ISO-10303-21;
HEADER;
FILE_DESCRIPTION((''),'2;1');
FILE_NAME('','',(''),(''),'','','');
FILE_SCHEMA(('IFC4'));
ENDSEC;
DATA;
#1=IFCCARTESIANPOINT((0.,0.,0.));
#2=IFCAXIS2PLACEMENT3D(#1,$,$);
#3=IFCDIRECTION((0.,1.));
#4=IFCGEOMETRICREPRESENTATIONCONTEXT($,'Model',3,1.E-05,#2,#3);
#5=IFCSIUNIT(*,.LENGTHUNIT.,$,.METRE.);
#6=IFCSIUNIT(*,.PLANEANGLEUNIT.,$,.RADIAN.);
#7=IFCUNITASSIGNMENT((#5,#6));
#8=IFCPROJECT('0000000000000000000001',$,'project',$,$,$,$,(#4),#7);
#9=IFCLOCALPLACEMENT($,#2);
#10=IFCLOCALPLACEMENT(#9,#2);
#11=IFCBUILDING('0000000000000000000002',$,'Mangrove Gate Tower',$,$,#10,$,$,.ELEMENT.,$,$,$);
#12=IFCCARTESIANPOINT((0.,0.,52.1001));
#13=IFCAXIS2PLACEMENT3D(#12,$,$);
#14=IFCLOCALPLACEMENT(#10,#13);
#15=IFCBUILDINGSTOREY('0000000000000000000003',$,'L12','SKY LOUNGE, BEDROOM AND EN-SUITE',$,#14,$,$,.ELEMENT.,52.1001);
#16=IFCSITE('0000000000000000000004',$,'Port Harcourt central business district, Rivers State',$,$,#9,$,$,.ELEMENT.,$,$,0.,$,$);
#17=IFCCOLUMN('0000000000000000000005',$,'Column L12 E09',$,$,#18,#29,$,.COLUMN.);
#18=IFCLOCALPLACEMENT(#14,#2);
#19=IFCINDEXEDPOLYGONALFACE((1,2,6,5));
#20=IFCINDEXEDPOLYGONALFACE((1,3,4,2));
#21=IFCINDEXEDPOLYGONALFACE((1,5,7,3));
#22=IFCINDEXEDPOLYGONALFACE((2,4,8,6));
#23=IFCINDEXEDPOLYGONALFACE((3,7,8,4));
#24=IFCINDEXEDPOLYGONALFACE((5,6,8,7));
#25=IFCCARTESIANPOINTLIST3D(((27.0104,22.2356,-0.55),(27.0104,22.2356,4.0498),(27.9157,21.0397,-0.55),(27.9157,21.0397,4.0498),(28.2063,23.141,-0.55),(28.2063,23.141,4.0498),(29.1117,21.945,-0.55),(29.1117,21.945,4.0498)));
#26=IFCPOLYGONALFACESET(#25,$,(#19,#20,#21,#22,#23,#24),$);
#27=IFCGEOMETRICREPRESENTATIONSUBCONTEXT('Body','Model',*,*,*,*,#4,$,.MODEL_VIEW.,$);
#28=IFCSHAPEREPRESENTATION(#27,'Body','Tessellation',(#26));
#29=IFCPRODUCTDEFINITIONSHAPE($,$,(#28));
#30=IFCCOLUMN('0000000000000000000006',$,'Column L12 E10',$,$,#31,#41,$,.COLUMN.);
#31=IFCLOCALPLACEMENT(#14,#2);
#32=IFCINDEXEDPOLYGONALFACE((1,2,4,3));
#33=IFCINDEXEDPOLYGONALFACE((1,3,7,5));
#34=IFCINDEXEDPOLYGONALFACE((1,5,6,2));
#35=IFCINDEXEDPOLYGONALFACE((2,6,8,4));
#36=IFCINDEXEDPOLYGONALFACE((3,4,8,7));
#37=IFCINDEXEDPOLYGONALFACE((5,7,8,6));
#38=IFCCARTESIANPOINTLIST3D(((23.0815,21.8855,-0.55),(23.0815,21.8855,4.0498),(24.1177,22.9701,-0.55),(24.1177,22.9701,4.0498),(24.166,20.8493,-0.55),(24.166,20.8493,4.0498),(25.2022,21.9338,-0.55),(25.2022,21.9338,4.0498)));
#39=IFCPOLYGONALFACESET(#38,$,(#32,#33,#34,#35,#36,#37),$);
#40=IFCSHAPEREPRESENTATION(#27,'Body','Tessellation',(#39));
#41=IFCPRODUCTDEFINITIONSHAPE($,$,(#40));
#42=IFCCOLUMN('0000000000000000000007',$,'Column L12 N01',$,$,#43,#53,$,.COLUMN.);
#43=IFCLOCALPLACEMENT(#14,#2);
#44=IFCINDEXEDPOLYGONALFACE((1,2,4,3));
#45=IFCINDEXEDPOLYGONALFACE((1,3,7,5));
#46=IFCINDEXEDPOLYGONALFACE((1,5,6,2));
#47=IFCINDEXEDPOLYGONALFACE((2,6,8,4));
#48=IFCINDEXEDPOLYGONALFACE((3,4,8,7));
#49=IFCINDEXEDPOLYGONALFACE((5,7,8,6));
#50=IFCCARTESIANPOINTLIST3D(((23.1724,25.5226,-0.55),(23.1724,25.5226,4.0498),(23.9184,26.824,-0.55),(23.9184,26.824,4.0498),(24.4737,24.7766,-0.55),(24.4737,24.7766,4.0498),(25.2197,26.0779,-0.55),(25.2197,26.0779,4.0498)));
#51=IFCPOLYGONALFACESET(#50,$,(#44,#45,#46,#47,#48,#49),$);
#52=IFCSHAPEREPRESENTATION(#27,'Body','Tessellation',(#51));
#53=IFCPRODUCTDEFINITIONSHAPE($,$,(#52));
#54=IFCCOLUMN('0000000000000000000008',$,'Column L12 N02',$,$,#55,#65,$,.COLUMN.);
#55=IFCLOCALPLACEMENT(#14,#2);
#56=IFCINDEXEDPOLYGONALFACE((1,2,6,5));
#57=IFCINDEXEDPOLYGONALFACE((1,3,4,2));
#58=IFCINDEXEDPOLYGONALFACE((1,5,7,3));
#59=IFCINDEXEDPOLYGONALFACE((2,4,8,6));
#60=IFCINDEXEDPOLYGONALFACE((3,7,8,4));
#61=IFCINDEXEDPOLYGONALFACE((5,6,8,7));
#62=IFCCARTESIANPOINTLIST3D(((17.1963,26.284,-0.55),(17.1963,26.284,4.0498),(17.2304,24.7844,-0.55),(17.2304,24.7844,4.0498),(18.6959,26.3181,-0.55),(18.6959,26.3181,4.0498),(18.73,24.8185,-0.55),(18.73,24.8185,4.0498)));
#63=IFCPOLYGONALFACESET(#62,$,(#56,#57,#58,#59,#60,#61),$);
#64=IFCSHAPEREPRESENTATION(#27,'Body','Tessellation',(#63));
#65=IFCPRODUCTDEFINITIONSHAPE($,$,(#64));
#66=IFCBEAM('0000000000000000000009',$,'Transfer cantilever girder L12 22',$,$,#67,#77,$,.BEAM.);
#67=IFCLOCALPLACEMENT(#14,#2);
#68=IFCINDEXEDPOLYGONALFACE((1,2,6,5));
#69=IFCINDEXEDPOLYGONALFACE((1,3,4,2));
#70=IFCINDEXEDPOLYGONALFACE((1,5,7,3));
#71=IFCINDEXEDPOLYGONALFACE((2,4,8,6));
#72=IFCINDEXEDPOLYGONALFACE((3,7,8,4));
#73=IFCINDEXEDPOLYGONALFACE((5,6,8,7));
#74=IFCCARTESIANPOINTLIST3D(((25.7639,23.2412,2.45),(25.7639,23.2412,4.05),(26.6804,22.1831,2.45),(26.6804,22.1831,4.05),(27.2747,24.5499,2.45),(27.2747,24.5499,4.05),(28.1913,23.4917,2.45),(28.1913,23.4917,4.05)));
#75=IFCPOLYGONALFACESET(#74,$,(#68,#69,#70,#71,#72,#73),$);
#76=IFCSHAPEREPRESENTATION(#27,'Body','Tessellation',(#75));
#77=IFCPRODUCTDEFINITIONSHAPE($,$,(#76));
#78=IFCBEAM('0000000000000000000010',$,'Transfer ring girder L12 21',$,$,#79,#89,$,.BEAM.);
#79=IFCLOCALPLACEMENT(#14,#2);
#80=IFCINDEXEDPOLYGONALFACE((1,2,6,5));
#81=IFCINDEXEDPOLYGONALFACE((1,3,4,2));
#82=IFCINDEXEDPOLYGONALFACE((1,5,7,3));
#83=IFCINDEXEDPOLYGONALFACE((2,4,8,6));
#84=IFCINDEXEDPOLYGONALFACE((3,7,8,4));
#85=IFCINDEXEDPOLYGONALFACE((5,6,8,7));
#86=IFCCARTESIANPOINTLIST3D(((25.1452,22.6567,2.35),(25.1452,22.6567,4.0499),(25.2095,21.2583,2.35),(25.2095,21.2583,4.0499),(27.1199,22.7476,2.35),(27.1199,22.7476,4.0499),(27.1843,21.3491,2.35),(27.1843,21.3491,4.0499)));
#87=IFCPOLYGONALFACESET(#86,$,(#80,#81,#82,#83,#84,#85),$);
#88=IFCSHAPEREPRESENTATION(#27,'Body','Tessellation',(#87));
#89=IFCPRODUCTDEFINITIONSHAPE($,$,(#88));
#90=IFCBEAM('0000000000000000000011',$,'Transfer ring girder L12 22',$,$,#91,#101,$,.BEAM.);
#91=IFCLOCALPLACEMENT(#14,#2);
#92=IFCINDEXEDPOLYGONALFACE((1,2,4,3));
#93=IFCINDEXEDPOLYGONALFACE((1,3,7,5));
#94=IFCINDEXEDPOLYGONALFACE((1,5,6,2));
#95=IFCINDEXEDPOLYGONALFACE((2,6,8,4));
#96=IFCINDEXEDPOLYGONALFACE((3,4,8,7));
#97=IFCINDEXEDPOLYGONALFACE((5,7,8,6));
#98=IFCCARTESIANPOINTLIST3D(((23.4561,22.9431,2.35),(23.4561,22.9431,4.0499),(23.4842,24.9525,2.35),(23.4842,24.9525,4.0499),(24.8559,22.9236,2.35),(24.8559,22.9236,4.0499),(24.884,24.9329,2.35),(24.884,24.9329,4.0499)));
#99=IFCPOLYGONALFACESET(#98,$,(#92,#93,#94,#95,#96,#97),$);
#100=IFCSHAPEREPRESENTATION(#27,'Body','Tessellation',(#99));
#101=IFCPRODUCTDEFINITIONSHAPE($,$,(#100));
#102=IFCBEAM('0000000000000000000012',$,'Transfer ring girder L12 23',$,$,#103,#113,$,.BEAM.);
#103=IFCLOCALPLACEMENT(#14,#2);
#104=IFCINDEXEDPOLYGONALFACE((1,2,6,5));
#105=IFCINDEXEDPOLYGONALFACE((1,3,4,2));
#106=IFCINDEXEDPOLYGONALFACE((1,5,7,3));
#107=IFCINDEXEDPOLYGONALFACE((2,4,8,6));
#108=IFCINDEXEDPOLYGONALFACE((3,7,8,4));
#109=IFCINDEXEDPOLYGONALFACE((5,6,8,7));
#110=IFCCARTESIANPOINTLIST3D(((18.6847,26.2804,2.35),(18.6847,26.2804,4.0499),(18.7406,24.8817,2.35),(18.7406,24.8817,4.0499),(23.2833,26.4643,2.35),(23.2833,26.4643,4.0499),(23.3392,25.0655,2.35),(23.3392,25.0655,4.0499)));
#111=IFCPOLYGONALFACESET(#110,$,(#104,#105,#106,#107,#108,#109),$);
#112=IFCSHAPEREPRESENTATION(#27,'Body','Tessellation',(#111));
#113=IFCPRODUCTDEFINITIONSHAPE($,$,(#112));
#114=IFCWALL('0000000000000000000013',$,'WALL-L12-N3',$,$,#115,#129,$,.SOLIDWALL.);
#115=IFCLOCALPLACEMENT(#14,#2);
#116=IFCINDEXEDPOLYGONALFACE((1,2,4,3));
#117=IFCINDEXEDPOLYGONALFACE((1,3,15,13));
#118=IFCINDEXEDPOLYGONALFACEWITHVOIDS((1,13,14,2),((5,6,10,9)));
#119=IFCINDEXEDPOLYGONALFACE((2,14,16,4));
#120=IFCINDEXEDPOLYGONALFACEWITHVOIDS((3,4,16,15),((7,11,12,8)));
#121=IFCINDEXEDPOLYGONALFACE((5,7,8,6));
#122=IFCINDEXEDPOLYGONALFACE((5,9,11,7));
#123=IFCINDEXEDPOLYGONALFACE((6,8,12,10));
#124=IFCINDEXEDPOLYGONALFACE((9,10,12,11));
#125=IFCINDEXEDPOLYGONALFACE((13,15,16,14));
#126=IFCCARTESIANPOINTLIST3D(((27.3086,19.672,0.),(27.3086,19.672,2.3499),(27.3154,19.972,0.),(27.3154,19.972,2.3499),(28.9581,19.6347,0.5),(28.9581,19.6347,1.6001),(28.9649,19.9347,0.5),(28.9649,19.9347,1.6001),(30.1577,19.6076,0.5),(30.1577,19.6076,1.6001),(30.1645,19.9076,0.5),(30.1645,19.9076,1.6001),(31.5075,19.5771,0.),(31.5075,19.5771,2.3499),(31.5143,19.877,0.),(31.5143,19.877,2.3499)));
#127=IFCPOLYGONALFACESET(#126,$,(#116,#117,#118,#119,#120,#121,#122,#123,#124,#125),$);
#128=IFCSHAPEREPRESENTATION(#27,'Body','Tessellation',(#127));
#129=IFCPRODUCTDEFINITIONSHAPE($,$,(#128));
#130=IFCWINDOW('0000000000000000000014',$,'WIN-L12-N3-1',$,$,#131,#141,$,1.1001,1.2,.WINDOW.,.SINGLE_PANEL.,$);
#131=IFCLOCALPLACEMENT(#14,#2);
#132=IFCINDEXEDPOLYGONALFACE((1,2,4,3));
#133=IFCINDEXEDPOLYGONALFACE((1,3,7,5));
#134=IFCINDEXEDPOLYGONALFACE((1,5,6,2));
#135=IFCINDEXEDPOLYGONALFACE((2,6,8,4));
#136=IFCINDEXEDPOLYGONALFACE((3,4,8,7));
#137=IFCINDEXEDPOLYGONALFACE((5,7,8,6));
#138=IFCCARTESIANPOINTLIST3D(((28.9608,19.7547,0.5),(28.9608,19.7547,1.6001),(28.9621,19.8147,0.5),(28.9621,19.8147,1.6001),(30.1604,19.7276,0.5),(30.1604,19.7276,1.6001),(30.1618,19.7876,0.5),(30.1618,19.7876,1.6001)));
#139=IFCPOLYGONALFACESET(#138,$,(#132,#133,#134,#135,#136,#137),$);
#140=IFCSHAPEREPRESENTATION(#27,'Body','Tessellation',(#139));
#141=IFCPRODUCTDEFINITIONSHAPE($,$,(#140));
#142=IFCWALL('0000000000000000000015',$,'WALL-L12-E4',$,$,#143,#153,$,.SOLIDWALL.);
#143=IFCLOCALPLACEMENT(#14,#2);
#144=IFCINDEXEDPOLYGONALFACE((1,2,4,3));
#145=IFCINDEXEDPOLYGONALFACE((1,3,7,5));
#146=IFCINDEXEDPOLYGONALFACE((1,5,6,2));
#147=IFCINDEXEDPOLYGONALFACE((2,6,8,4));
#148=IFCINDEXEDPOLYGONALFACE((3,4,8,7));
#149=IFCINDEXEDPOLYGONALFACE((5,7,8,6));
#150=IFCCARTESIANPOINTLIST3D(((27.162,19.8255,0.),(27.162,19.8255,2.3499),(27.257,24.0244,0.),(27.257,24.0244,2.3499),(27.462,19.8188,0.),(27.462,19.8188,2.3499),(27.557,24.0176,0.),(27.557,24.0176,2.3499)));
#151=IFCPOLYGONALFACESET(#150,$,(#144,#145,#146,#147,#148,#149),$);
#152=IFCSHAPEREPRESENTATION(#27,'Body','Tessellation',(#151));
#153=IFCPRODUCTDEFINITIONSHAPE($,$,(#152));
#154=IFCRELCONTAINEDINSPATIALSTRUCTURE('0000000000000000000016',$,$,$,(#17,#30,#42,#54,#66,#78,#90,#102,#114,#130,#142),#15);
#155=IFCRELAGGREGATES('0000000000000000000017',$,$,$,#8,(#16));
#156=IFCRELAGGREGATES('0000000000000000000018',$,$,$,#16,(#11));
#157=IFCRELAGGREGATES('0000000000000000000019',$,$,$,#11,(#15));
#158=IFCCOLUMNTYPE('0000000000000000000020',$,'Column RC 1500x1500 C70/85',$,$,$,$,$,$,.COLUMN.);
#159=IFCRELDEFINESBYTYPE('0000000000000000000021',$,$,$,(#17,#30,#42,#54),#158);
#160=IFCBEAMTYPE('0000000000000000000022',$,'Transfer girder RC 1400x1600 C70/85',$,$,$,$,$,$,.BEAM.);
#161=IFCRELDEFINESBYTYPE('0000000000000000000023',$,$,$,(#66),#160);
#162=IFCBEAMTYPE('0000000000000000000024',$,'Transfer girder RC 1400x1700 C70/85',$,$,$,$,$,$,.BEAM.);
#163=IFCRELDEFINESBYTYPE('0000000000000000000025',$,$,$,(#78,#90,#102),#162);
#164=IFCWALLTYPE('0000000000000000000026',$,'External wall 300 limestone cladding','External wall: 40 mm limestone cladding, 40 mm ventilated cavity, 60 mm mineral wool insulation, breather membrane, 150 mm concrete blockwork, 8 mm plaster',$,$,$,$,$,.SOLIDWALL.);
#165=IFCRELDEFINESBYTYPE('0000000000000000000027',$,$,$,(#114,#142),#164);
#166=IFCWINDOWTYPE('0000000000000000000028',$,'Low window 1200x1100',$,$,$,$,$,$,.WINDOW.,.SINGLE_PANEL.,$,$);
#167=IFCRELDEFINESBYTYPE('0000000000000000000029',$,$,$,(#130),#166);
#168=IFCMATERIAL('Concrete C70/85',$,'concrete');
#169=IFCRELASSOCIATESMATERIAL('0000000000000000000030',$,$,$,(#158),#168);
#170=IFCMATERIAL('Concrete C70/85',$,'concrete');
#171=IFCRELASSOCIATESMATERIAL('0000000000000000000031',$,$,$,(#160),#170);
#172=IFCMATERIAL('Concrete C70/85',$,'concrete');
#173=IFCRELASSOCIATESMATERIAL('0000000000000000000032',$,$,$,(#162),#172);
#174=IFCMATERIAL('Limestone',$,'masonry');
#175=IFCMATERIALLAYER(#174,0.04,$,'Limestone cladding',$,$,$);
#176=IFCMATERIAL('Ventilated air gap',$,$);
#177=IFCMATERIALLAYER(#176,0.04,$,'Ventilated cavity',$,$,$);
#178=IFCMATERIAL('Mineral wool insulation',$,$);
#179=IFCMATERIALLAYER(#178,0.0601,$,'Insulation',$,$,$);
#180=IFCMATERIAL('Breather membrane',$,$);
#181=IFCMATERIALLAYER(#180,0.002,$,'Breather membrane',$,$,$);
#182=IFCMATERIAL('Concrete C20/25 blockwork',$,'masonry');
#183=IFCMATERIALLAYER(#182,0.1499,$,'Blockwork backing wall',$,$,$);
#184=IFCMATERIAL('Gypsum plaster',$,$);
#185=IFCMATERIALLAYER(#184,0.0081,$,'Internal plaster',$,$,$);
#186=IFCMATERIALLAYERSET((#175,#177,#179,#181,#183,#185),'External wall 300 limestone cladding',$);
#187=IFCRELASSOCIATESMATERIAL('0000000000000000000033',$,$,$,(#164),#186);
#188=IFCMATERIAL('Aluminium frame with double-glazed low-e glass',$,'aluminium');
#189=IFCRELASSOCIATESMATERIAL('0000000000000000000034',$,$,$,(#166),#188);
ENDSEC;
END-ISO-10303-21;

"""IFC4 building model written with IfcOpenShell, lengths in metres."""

from ifc_helpers import new_model, si_unit, direction, frame, frame_2d, origin, origin_2d, place, context, subcontext, project, spatial, rectangle, extrude, material, layer, layer_set, material_profile, profile_set, type_object, element, fill, save


model = new_model("IFC4")

# Units and contexts
model_context = context("Model", 3, precision=1e-05, world=origin(), true_north=direction((0.0, 1.0)))
body_context = subcontext(model_context, "Body", "Model", "MODEL_VIEW")
ifc_project = project(units=[si_unit("LENGTHUNIT", "METRE"), si_unit("PLANEANGLEUNIT", "RADIAN")], contexts=[model_context])

# Site, building, storey
site_placement = place(None, origin())
site = spatial("IfcSite", under=ifc_project, at=site_placement, Name="Port Harcourt central business district, Rivers State", CompositionType="ELEMENT", RefElevation=0.0)
building_placement = place(site_placement, origin())
building = spatial("IfcBuilding", under=site, at=building_placement, Name="Mangrove Gate Tower", CompositionType="ELEMENT")
storey_placement = place(building_placement, frame((0.0, 0.0, 52.1001)))
storey = spatial("IfcBuildingStorey", under=building, at=storey_placement, Name="L12", Description="SKY LOUNGE, BEDROOM AND EN-SUITE", CompositionType="ELEMENT", Elevation=52.1001)

# Columns
ifc_material_1 = material(Name="Concrete C70/85", Category="concrete")
ifc_material_profile_1 = material_profile(ifc_material_1, rectangle(XDim=1.5, YDim=1.5, at=origin_2d()))
ifc_profile_set_1 = profile_set([ifc_material_profile_1], Name="Concrete C70/85")
column_type = type_object("IfcColumnType", Name="Column RC 1500x1500 C70/85", PredefinedType="COLUMN", material=ifc_profile_set_1)
for number, where, z_axis, x_axis, name in (
    (1, (28.061, 22.0903, -0.55), (0.0, 0.0, 1.0), (-0.603576, 0.797306, 0.0), "Column L12 E09"),
    (2, (24.1418, 21.9097, -0.55), (0.0, 0.0, 1.0), (-0.72301, 0.690837, 0.0), "Column L12 E10"),
    (3, (24.196, 25.8003, -0.55), (0.0, 0.0, 1.0), (-0.867551, 0.497349, 0.0), "Column L12 N01"),
    (4, (17.9631, 25.5513, -0.55), (0.0, 0.0, 1.0), (-0.999742, -0.022718, 0.0), "Column L12 N02"),
):
    element("IfcColumn", number, at=place(storey_placement, frame(where, z_axis=z_axis, x_axis=x_axis)), inside=storey, type_object=column_type, Name=name, PredefinedType="COLUMN", context=body_context, shape_type="SweptSolid", body=[
        extrude(rectangle(XDim=1.5, YDim=1.5, at=origin_2d()), origin(), (0.0, 0.0, 1.0), 4.5999),
    ])

# Beams
ifc_material_2 = material(Name="Concrete C70/85", Category="concrete")
ifc_material_profile_2 = material_profile(ifc_material_2, rectangle(XDim=1.3999, YDim=1.6001, at=origin_2d()))
ifc_profile_set_2 = profile_set([ifc_material_profile_2], Name="Concrete C70/85")
beam_type_1 = type_object("IfcBeamType", Name="Transfer girder RC 1400x1600 C70/85", PredefinedType="BEAM", material=ifc_profile_set_2)
beam_1_placement = place(storey_placement, frame((26.2222, 22.7122, 3.25), z_axis=(0.755866, 0.654726, 0.0), x_axis=(-0.654726, 0.755866, 0.0)))
element("IfcBeam", 5, at=beam_1_placement, inside=storey, type_object=beam_type_1, Name="Transfer cantilever girder L12 22", PredefinedType="BEAM", context=body_context, shape_type="SweptSolid", body=[
    extrude(rectangle(XDim=1.3999, YDim=1.6001, at=origin_2d()), origin(), (0.0, 0.0, 1.0), 1.9988),
])
ifc_material_3 = material(Name="Concrete C70/85", Category="concrete")
ifc_material_profile_3 = material_profile(ifc_material_3, rectangle(XDim=1.3999, YDim=1.7, at=origin_2d()))
ifc_profile_set_3 = profile_set([ifc_material_profile_3], Name="Concrete C70/85")
beam_type_2 = type_object("IfcBeamType", Name="Transfer girder RC 1400x1700 C70/85", PredefinedType="BEAM", material=ifc_profile_set_3)
beam_2_placement = place(storey_placement, frame((27.1521, 22.0483, 3.2), z_axis=(-0.998944, -0.045945, 0.0), x_axis=(0.045945, -0.998944, 0.0)))
element("IfcBeam", 6, at=beam_2_placement, inside=storey, type_object=beam_type_2, Name="Transfer ring girder L12 21", PredefinedType="BEAM", context=body_context, shape_type="SweptSolid", body=[
    extrude(rectangle(XDim=1.3999, YDim=1.7, at=origin_2d()), origin(), (0.0, 0.0, 1.0), 1.9768),
])
beam_3_placement = place(storey_placement, frame((24.156, 22.9333, 3.2), z_axis=(0.013972, 0.999902, 0.0), x_axis=(-0.999902, 0.013972, 0.0)))
element("IfcBeam", 7, at=beam_3_placement, inside=storey, type_object=beam_type_2, Name="Transfer ring girder L12 22", PredefinedType="BEAM", context=body_context, shape_type="SweptSolid", body=[
    extrude(rectangle(XDim=1.3999, YDim=1.7, at=origin_2d()), origin(), (0.0, 0.0, 1.0), 2.0095),
])
beam_4_placement = place(storey_placement, frame((23.3113, 25.7649, 3.2), z_axis=(-0.999202, -0.039945, 0.0), x_axis=(0.039945, -0.999202, 0.0)))
element("IfcBeam", 8, at=beam_4_placement, inside=storey, type_object=beam_type_2, Name="Transfer ring girder L12 23", PredefinedType="BEAM", context=body_context, shape_type="SweptSolid", body=[
    extrude(rectangle(XDim=1.3999, YDim=1.7, at=origin_2d()), origin(), (0.0, 0.0, 1.0), 4.6023),
])

# Wall, opening, window
ifc_material_4 = material(Name="Limestone", Category="masonry")
ifc_layer_1 = layer(ifc_material_4, 0.04, Name="Limestone cladding")
ifc_material_5 = material(Name="Ventilated air gap")
ifc_layer_2 = layer(ifc_material_5, 0.04, Name="Ventilated cavity")
ifc_material_6 = material(Name="Mineral wool insulation")
ifc_layer_3 = layer(ifc_material_6, 0.0601, Name="Insulation")
ifc_material_7 = material(Name="Breather membrane")
ifc_layer_4 = layer(ifc_material_7, 0.002, Name="Breather membrane")
ifc_material_8 = material(Name="Concrete C20/25 blockwork", Category="masonry")
ifc_layer_5 = layer(ifc_material_8, 0.1499, Name="Blockwork backing wall")
ifc_material_9 = material(Name="Gypsum plaster")
ifc_layer_6 = layer(ifc_material_9, 0.0081, Name="Internal plaster")
ifc_layer_set = layer_set([ifc_layer_1, ifc_layer_2, ifc_layer_3, ifc_layer_4, ifc_layer_5, ifc_layer_6], Name="External wall 300 limestone cladding")
wall_type = type_object("IfcWallType", Name="External wall 300 limestone cladding", Description="External wall: 40 mm limestone cladding, 40 mm ventilated cavity, 60 mm mineral wool insulation, breather membrane, 150 mm concrete blockwork, 8 mm plaster", PredefinedType="SOLIDWALL", material=ifc_layer_set)
wall_1_placement = place(storey_placement, frame((31.511, 19.7271, 0.0), z_axis=(0.0, 0.0, 1.0), x_axis=(-0.999744, 0.022612, 0.0)))
wall_1 = element("IfcWall", 9, at=wall_1_placement, inside=storey, type_object=wall_type, Name="WALL-L12-N3", PredefinedType="SOLIDWALL", context=body_context, shape_type="SweptSolid", body=[
    extrude(rectangle(XDim=4.2, YDim=0.3, at=frame_2d((2.1001, 0.0))), origin(), (0.0, 0.0, 1.0), 2.3499),
])
opening_1_placement = place(wall_1_placement, frame((1.3501, 0.0, 0.5)))
opening_1 = element("IfcOpeningElement", 10, at=opening_1_placement, cuts=wall_1, PredefinedType="OPENING", context=body_context, shape_type="SweptSolid", body=[
    extrude(rectangle(XDim=1.2, YDim=1.1001, at=frame_2d((0.6001, 0.55))), frame((0.0, 0.1599, 0.0), z_axis=(0.0, -1.0, 0.0), x_axis=(1.0, 0.0, 0.0)), (0.0, 0.0, 1.0), 0.3201),
])
ifc_material_10 = material(Name="Aluminium frame with double-glazed low-e glass", Category="aluminium")
window_type = type_object("IfcWindowType", Name="Low window 1200x1100", PartitioningType="SINGLE_PANEL", PredefinedType="WINDOW", material=ifc_material_10)
window_1_placement = place(opening_1_placement, origin())
window_1 = element("IfcWindow", 11, at=window_1_placement, inside=storey, type_object=window_type, Name="WIN-L12-N3-1", OverallHeight=1.1001, OverallWidth=1.2, PartitioningType="SINGLE_PANEL", PredefinedType="WINDOW", context=body_context, shape_type="SweptSolid", body=[
    extrude(rectangle(XDim=1.2, YDim=1.1001, at=frame_2d((0.6001, 0.55))), frame((0.0, 0.03, 0.0), z_axis=(0.0, -1.0, 0.0), x_axis=(1.0, 0.0, 0.0)), (0.0, 0.0, 1.0), 0.0601),
])
fill(opening_1, window_1)

# Wall
wall_2_placement = place(storey_placement, frame((27.312, 19.822, 0.0), z_axis=(0.0, 0.0, 1.0), x_axis=(0.022612, 0.999744, 0.0)))
element("IfcWall", 12, at=wall_2_placement, inside=storey, type_object=wall_type, Name="WALL-L12-E4", PredefinedType="SOLIDWALL", context=body_context, shape_type="SweptSolid", body=[
    extrude(rectangle(XDim=4.2, YDim=0.3, at=frame_2d((2.1001, 0.0))), origin(), (0.0, 0.0, 1.0), 2.3499),
])

save(model, "model.ifc")
